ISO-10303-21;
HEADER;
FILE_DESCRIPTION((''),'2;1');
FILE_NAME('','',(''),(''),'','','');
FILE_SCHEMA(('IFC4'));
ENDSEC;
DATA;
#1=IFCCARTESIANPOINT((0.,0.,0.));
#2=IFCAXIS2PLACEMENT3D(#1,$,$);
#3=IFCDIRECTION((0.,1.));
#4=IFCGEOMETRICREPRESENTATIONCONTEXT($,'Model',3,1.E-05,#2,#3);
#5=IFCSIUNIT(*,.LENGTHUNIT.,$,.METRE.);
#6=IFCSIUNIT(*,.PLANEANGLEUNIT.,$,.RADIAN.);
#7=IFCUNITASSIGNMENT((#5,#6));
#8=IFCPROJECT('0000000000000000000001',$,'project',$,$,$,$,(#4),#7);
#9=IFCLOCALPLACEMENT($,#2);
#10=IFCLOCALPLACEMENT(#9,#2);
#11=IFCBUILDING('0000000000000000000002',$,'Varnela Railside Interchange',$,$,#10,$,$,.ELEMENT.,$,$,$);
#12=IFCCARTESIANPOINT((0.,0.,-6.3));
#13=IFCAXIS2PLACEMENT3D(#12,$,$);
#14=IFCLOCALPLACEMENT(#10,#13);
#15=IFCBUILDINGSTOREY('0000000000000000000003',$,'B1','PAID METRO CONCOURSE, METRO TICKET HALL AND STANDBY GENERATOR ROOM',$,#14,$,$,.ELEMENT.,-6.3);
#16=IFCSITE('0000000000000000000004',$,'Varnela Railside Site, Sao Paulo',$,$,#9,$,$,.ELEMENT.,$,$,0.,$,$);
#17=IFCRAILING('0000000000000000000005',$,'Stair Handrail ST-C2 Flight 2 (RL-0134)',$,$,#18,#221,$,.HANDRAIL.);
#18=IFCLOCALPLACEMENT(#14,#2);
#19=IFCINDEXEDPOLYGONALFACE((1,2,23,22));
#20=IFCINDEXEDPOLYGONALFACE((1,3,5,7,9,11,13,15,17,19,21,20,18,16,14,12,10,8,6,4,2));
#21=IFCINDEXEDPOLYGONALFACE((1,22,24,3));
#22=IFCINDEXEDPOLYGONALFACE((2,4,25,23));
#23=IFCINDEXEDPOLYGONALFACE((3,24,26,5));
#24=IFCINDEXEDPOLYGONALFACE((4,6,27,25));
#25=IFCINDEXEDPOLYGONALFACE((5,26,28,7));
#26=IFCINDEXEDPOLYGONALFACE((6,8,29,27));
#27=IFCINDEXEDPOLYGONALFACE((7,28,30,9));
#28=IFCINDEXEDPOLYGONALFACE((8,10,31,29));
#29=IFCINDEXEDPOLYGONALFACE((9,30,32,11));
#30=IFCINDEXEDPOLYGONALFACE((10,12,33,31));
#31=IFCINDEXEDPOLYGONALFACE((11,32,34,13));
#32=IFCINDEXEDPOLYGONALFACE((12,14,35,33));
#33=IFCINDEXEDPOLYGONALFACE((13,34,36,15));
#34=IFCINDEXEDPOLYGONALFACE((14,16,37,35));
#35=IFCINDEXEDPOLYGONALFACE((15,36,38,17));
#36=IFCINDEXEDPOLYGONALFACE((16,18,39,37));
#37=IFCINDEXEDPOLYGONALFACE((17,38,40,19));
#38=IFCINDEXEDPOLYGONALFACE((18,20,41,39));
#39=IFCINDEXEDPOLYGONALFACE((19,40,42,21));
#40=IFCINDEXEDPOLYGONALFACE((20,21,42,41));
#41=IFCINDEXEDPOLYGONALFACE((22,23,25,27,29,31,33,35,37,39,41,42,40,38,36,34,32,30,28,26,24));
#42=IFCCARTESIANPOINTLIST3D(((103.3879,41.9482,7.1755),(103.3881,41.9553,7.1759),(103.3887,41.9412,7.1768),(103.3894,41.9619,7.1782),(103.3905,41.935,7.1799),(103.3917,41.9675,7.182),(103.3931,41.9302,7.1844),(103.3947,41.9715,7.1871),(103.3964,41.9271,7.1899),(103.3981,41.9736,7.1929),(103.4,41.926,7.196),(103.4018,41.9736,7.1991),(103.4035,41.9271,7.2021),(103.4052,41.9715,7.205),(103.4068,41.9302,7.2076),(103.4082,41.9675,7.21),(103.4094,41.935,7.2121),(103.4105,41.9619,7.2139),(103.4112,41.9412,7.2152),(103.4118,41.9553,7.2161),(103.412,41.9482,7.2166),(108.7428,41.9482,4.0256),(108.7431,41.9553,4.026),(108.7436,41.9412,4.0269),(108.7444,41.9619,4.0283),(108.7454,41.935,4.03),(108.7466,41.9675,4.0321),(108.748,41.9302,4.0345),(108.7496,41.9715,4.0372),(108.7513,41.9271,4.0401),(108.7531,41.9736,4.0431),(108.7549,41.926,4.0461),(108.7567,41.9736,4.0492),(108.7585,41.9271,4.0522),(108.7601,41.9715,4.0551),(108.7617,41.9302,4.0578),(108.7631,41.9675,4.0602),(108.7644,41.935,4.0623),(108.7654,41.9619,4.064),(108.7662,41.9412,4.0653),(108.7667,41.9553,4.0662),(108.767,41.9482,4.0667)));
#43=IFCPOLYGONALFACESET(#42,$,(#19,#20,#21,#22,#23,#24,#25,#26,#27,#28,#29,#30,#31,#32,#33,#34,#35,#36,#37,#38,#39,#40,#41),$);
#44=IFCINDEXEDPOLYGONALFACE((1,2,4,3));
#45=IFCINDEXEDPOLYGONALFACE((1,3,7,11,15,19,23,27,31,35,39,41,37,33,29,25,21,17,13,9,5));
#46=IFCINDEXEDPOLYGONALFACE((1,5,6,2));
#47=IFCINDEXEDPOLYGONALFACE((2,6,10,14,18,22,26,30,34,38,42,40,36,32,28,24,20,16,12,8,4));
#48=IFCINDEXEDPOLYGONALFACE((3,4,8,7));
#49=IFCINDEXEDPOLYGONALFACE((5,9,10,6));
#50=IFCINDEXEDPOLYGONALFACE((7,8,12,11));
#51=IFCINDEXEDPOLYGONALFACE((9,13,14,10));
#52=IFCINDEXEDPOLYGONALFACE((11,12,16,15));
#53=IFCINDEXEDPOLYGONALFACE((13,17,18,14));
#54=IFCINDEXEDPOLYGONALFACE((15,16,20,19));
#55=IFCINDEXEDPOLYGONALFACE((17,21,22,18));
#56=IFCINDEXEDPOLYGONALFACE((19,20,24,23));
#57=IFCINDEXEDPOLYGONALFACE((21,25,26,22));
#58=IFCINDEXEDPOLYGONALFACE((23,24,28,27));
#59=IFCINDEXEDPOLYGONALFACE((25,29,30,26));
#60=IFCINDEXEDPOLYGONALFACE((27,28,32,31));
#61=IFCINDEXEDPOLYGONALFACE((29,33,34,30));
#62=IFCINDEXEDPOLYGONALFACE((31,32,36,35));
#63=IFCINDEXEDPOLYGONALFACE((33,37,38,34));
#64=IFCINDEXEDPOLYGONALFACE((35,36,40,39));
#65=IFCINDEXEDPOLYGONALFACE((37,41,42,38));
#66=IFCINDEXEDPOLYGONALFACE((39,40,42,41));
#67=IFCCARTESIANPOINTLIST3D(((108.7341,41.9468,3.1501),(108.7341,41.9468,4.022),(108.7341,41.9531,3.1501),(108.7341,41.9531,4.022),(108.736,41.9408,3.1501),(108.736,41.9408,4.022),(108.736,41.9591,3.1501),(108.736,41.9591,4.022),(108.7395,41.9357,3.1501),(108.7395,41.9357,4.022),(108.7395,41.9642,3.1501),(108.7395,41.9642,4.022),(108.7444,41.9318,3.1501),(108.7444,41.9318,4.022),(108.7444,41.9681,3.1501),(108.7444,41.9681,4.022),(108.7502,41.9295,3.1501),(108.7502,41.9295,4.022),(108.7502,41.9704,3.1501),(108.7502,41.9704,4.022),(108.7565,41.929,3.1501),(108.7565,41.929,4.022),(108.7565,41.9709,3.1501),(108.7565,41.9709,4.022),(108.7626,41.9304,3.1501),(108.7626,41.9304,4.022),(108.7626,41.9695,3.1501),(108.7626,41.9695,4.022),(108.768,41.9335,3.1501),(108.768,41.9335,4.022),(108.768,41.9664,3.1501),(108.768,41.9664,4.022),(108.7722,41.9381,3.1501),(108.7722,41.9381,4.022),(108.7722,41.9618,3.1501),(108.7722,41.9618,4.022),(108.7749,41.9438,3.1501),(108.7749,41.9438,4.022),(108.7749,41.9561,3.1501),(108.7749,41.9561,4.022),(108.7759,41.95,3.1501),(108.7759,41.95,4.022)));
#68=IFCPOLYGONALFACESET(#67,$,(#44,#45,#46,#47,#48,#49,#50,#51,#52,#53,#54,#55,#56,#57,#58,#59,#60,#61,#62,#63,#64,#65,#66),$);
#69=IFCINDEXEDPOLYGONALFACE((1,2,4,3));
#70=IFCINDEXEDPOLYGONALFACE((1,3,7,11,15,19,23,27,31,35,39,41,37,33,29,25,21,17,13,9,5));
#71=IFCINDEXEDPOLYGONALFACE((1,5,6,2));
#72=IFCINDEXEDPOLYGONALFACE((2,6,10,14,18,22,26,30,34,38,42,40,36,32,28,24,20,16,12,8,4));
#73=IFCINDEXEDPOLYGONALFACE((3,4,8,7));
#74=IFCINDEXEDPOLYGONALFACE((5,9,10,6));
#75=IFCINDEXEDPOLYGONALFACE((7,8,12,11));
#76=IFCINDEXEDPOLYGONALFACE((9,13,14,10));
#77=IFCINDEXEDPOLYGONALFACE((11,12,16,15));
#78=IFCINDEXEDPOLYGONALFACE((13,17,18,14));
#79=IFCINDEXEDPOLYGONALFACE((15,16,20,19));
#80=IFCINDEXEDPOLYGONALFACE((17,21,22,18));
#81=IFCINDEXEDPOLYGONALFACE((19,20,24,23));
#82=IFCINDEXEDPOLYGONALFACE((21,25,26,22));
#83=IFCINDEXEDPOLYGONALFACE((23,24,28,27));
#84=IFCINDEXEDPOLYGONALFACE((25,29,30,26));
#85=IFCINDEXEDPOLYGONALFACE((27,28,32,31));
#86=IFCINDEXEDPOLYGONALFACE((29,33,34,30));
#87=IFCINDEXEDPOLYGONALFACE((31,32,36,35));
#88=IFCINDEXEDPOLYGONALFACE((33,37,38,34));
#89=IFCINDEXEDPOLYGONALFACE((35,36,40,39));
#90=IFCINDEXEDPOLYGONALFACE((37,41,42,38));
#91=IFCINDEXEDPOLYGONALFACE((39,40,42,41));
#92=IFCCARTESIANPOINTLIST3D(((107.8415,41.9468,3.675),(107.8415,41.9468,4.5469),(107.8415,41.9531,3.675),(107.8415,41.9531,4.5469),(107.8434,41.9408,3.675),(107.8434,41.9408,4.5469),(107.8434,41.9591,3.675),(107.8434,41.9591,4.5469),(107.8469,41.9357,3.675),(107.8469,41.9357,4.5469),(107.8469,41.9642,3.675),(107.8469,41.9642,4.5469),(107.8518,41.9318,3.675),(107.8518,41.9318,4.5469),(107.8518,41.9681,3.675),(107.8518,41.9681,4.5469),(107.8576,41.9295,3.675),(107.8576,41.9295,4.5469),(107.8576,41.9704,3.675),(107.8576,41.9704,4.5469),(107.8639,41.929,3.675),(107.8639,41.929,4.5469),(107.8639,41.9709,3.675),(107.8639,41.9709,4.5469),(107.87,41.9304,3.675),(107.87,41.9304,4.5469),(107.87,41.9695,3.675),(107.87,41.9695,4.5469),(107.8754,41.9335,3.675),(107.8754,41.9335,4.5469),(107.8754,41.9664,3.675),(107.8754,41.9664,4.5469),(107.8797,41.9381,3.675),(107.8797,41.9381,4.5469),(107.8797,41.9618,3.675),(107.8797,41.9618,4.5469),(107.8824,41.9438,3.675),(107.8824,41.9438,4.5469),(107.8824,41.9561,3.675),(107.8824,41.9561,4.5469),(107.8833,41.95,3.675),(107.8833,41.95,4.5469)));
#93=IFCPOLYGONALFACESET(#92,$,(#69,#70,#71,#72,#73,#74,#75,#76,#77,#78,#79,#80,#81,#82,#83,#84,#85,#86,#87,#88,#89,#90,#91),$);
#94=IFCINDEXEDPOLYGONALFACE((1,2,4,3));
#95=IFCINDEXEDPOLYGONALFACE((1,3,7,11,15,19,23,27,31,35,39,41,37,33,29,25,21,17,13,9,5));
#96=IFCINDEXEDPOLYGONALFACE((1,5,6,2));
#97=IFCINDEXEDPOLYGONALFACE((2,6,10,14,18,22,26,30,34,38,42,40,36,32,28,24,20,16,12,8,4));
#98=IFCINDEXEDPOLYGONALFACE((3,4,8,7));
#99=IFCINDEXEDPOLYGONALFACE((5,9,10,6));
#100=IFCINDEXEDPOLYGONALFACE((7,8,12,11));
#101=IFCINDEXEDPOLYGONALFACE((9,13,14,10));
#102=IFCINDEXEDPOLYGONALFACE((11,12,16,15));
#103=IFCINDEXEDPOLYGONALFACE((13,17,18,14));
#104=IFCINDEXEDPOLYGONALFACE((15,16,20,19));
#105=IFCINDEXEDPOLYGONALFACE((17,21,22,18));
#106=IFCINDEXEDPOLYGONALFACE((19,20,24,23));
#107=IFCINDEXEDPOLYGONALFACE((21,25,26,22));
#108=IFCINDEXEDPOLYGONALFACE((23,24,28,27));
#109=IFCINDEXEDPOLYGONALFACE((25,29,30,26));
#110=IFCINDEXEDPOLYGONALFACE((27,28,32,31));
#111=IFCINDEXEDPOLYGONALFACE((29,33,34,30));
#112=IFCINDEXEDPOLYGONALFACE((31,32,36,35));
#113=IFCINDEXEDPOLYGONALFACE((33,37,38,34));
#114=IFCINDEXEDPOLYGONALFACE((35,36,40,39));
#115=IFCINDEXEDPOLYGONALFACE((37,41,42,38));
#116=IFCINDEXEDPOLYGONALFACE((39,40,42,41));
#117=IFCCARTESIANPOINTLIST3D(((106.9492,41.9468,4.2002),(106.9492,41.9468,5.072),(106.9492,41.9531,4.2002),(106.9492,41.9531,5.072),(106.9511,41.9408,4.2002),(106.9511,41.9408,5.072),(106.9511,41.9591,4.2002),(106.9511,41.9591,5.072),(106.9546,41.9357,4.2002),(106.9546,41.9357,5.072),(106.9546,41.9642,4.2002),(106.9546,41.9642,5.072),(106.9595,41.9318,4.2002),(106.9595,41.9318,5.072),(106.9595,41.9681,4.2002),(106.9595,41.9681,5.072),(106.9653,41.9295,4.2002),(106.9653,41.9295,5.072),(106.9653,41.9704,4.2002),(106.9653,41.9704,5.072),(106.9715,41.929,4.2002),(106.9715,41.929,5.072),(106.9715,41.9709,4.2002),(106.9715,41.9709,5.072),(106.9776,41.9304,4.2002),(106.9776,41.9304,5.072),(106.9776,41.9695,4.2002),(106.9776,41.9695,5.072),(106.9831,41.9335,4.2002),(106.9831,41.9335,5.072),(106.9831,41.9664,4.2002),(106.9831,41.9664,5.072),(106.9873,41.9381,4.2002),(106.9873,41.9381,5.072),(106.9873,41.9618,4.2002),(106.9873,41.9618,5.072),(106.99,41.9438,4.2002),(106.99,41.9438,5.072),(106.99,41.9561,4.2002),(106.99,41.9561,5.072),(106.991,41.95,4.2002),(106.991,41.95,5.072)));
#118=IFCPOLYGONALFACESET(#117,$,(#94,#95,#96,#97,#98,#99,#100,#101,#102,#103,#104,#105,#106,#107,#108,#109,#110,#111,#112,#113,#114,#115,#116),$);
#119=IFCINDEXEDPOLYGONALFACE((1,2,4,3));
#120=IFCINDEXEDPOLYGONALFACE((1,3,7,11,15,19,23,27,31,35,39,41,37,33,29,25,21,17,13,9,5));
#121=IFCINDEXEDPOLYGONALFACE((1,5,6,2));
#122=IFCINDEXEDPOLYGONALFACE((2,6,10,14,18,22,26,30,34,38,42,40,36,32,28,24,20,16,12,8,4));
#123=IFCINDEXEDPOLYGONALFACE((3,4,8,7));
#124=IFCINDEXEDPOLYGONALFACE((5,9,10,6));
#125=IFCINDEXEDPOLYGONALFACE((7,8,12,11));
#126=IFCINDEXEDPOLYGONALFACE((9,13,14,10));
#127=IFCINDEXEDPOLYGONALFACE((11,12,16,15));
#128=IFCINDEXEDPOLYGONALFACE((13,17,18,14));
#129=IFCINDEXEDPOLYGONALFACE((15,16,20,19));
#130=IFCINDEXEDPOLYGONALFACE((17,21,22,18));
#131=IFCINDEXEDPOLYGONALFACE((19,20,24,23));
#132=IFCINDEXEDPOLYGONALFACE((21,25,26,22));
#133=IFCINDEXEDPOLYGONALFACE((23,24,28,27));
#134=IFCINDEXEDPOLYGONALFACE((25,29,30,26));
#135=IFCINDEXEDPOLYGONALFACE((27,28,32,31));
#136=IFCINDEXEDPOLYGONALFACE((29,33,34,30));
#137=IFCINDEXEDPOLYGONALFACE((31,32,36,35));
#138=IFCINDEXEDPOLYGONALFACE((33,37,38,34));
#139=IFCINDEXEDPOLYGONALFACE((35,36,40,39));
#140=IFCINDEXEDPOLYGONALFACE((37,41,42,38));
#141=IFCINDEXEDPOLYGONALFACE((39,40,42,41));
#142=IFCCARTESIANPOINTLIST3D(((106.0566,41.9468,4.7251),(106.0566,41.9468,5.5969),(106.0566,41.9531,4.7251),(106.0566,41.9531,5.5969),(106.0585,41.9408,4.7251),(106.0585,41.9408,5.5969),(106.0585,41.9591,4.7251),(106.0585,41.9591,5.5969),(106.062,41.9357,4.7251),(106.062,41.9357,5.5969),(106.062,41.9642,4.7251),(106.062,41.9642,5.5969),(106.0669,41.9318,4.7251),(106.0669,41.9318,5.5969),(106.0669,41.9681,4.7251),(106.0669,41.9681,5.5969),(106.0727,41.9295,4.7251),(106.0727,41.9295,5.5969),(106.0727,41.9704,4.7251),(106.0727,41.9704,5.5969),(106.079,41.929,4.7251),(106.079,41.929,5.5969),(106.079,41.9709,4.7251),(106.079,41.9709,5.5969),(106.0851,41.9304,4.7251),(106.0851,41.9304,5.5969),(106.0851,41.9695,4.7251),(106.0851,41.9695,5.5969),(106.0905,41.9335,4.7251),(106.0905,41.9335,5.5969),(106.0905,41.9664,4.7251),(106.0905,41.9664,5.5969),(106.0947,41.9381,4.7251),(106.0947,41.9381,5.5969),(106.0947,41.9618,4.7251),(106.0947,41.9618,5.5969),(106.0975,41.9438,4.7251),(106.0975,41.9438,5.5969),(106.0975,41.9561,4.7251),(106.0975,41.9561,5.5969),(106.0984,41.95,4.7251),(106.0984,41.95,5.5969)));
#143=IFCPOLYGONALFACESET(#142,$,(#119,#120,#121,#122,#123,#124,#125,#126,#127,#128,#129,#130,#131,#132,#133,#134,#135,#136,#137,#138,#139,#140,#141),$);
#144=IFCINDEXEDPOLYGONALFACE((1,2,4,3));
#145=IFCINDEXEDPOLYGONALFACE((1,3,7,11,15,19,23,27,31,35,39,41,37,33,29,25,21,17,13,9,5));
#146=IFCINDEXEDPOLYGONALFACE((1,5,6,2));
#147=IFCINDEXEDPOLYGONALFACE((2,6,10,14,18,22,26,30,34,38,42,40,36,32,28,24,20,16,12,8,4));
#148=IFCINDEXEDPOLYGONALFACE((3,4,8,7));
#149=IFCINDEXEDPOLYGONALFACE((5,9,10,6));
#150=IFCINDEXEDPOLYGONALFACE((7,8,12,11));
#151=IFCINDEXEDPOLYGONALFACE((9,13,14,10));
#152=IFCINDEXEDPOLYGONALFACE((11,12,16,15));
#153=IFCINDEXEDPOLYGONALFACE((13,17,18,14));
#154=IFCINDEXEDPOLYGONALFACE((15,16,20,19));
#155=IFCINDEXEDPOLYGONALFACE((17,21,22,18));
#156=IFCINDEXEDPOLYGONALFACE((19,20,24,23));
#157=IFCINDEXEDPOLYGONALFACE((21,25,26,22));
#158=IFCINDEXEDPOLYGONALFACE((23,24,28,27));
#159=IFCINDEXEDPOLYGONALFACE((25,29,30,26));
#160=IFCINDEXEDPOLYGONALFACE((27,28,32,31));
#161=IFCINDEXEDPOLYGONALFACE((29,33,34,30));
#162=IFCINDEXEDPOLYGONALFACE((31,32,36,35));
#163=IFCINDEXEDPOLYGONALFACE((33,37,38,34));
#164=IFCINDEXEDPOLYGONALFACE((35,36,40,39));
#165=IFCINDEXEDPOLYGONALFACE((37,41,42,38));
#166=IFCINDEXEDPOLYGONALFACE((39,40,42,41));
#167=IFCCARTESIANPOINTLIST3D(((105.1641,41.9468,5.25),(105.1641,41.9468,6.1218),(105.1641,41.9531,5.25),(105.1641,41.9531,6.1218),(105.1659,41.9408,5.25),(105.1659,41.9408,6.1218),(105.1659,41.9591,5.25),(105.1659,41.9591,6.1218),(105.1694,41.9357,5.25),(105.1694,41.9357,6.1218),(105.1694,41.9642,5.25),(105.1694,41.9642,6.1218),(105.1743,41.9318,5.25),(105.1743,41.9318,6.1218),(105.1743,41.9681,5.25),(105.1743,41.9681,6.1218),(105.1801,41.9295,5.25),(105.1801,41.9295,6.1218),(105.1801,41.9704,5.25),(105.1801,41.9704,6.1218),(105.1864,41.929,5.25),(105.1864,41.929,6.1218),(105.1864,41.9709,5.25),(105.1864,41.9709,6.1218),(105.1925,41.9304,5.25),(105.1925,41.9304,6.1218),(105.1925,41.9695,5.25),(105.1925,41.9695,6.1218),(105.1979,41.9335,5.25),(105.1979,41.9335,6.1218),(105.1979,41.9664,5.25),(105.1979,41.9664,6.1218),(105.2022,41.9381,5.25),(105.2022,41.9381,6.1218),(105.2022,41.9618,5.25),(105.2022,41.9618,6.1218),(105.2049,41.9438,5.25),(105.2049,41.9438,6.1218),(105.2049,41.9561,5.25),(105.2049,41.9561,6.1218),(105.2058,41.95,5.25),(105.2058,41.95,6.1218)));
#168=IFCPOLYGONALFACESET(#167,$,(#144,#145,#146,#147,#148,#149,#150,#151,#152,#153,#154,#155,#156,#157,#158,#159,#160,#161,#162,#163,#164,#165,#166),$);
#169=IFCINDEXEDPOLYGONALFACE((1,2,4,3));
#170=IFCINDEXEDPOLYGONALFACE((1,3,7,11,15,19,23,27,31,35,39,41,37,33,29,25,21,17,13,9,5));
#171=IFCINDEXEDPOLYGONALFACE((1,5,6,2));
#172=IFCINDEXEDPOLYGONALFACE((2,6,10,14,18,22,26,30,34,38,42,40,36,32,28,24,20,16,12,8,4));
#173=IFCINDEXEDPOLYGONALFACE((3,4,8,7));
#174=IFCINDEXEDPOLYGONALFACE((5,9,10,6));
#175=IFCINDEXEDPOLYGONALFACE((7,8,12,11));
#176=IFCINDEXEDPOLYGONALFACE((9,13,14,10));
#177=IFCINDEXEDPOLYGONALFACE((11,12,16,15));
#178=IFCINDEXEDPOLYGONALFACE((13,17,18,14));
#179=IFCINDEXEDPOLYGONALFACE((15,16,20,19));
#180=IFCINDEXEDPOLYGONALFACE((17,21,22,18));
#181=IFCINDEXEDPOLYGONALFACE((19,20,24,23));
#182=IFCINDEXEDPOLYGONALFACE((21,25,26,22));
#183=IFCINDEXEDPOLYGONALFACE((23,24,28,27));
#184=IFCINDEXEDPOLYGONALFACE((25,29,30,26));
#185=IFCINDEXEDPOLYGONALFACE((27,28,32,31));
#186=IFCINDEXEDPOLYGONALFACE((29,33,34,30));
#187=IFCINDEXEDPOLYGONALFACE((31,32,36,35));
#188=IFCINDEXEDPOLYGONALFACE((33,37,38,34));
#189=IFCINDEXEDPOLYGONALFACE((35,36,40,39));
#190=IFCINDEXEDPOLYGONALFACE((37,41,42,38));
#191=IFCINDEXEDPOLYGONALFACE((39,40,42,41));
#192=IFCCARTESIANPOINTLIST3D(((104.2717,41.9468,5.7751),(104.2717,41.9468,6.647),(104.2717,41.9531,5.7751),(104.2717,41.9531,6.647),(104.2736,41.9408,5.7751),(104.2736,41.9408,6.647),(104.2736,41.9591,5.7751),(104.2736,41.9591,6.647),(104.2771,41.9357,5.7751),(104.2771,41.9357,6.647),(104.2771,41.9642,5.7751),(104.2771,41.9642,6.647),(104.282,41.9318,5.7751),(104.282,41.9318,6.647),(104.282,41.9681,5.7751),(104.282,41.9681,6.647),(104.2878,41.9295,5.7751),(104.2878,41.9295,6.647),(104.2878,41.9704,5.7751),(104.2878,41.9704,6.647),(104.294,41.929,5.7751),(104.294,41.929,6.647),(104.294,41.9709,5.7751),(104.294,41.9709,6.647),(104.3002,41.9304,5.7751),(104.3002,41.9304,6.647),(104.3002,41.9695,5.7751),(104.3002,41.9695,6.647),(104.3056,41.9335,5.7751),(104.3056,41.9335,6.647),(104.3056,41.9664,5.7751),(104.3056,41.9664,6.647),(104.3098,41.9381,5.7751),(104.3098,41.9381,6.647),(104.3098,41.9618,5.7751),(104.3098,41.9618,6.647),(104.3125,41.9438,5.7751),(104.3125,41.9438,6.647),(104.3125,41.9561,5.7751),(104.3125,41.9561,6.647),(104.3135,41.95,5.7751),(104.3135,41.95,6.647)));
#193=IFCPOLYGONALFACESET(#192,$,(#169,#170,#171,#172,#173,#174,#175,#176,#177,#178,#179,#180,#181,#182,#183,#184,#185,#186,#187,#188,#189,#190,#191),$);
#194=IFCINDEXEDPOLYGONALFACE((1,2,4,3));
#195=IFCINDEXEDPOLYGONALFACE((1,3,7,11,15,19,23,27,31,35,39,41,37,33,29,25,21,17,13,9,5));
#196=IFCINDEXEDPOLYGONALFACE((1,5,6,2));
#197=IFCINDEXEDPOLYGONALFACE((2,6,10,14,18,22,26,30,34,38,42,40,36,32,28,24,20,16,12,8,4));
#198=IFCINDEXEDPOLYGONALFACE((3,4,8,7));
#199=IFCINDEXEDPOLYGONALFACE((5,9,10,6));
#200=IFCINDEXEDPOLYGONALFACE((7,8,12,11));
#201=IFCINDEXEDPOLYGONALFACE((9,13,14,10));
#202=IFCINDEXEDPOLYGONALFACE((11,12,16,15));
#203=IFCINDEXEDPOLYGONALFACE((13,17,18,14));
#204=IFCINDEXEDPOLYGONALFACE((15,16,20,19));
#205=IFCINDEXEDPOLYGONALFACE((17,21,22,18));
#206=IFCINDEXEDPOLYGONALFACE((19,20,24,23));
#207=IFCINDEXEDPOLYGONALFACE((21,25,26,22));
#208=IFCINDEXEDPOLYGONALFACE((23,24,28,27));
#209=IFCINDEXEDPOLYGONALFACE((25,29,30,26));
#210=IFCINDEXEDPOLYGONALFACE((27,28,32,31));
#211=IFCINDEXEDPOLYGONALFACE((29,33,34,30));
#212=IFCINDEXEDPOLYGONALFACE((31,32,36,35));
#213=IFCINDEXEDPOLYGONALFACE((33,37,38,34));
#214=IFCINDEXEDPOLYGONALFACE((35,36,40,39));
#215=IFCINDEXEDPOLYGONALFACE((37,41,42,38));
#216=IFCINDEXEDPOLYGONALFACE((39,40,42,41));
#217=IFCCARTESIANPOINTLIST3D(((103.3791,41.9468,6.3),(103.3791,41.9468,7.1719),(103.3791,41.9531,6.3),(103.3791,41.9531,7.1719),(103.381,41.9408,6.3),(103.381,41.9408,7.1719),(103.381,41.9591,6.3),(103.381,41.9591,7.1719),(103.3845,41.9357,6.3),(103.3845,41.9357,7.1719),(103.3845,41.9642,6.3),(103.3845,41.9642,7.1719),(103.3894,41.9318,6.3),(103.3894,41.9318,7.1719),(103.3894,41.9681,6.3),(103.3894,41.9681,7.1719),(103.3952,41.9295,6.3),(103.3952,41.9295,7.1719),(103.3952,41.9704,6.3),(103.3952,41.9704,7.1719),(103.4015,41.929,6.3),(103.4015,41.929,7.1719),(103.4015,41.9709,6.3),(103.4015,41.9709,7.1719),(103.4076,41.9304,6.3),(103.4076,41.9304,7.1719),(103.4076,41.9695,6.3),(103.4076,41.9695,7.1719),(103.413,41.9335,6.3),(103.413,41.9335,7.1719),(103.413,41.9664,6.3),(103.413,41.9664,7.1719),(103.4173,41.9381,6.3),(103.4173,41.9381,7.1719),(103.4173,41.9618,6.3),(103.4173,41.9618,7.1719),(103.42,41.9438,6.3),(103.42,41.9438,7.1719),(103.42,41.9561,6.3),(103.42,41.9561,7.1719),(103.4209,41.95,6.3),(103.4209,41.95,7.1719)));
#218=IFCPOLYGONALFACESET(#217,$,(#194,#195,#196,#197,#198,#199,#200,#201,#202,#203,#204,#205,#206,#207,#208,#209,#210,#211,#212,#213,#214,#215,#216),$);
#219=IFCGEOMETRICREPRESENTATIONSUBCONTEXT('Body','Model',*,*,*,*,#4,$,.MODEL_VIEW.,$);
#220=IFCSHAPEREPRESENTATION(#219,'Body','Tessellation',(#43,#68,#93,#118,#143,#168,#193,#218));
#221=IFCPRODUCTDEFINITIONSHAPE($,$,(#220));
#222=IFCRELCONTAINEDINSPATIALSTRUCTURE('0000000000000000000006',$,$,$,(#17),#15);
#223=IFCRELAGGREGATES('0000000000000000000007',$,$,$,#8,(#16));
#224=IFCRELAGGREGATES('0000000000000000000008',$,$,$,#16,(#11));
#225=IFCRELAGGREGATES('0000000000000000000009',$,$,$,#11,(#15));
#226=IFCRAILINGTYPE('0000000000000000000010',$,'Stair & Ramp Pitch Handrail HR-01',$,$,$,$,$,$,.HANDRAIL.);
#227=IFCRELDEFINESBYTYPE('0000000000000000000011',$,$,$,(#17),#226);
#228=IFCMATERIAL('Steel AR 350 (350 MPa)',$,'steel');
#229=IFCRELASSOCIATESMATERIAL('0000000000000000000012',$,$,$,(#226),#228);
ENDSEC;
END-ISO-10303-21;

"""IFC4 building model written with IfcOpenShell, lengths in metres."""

from ifc_helpers import new_model, si_unit, direction, frame, origin, origin_2d, place, context, subcontext, project, spatial, circle, extrude, material, type_object, element, save


model = new_model("IFC4")

# Units and contexts
model_context = context("Model", 3, precision=1e-05, world=origin(), true_north=direction((0.0, 1.0)))
body_context = subcontext(model_context, "Body", "Model", "MODEL_VIEW")
ifc_project = project(units=[si_unit("LENGTHUNIT", "METRE"), si_unit("PLANEANGLEUNIT", "RADIAN")], contexts=[model_context])

# Site, building, storey
site_placement = place(None, origin())
site = spatial("IfcSite", under=ifc_project, at=site_placement, Name="Varnela Railside Site, Sao Paulo", CompositionType="ELEMENT", RefElevation=0.0)
building_placement = place(site_placement, origin())
building = spatial("IfcBuilding", under=site, at=building_placement, Name="Varnela Railside Interchange", CompositionType="ELEMENT")
storey_placement = place(building_placement, frame((0.0, 0.0, -6.3)))
storey = spatial("IfcBuildingStorey", under=building, at=storey_placement, Name="B1", Description="PAID METRO CONCOURSE, METRO TICKET HALL AND STANDBY GENERATOR ROOM", CompositionType="ELEMENT", Elevation=-6.3)

# Shared definitions
ifc_material_1 = material(Name="Steel AR 350 (350 MPa)", Category="steel")

# Railing
railing_type_1 = type_object("IfcRailingType", Name="Stair & Ramp Pitch Handrail HR-01", PredefinedType="HANDRAIL", material=ifc_material_1)
railing_1_placement = place(storey_placement, frame((108.7549, 41.95, 3.1501)))
element("IfcRailing", 1, at=railing_1_placement, inside=storey, type_object=railing_type_1, Name="Stair Handrail ST-C2 Flight 2 (RL-0134)", PredefinedType="HANDRAIL", context=body_context, shape_type="SweptSolid", body=[
    extrude(circle(Radius=0.0239, at=origin_2d()), frame((0.0, 0.0, 0.896), z_axis=(-0.86194, 0.0, 0.50701), x_axis=(0.0, -1.0, 0.0)), (0.0, 0.0, 1.0), 6.2126),
    extrude(circle(Radius=0.021, at=origin_2d()), origin(), (0.0, 0.0, 1.0), 0.8718),
    extrude(circle(Radius=0.021, at=origin_2d()), frame((-0.8926, 0.0, 0.5249)), (0.0, 0.0, 1.0), 0.8718),
    extrude(circle(Radius=0.021, at=origin_2d()), frame((-1.7849, 0.0, 1.05)), (0.0, 0.0, 1.0), 0.8718),
    extrude(circle(Radius=0.021, at=origin_2d()), frame((-2.6775, 0.0, 1.575)), (0.0, 0.0, 1.0), 0.8718),
    extrude(circle(Radius=0.021, at=origin_2d()), frame((-3.5701, 0.0, 2.0999)), (0.0, 0.0, 1.0), 0.8718),
    extrude(circle(Radius=0.021, at=origin_2d()), frame((-4.4624, 0.0, 2.625)), (0.0, 0.0, 1.0), 0.8718),
    extrude(circle(Radius=0.021, at=origin_2d()), frame((-5.355, 0.0, 3.1499)), (0.0, 0.0, 1.0), 0.8718),
])

save(model, "model.ifc")
